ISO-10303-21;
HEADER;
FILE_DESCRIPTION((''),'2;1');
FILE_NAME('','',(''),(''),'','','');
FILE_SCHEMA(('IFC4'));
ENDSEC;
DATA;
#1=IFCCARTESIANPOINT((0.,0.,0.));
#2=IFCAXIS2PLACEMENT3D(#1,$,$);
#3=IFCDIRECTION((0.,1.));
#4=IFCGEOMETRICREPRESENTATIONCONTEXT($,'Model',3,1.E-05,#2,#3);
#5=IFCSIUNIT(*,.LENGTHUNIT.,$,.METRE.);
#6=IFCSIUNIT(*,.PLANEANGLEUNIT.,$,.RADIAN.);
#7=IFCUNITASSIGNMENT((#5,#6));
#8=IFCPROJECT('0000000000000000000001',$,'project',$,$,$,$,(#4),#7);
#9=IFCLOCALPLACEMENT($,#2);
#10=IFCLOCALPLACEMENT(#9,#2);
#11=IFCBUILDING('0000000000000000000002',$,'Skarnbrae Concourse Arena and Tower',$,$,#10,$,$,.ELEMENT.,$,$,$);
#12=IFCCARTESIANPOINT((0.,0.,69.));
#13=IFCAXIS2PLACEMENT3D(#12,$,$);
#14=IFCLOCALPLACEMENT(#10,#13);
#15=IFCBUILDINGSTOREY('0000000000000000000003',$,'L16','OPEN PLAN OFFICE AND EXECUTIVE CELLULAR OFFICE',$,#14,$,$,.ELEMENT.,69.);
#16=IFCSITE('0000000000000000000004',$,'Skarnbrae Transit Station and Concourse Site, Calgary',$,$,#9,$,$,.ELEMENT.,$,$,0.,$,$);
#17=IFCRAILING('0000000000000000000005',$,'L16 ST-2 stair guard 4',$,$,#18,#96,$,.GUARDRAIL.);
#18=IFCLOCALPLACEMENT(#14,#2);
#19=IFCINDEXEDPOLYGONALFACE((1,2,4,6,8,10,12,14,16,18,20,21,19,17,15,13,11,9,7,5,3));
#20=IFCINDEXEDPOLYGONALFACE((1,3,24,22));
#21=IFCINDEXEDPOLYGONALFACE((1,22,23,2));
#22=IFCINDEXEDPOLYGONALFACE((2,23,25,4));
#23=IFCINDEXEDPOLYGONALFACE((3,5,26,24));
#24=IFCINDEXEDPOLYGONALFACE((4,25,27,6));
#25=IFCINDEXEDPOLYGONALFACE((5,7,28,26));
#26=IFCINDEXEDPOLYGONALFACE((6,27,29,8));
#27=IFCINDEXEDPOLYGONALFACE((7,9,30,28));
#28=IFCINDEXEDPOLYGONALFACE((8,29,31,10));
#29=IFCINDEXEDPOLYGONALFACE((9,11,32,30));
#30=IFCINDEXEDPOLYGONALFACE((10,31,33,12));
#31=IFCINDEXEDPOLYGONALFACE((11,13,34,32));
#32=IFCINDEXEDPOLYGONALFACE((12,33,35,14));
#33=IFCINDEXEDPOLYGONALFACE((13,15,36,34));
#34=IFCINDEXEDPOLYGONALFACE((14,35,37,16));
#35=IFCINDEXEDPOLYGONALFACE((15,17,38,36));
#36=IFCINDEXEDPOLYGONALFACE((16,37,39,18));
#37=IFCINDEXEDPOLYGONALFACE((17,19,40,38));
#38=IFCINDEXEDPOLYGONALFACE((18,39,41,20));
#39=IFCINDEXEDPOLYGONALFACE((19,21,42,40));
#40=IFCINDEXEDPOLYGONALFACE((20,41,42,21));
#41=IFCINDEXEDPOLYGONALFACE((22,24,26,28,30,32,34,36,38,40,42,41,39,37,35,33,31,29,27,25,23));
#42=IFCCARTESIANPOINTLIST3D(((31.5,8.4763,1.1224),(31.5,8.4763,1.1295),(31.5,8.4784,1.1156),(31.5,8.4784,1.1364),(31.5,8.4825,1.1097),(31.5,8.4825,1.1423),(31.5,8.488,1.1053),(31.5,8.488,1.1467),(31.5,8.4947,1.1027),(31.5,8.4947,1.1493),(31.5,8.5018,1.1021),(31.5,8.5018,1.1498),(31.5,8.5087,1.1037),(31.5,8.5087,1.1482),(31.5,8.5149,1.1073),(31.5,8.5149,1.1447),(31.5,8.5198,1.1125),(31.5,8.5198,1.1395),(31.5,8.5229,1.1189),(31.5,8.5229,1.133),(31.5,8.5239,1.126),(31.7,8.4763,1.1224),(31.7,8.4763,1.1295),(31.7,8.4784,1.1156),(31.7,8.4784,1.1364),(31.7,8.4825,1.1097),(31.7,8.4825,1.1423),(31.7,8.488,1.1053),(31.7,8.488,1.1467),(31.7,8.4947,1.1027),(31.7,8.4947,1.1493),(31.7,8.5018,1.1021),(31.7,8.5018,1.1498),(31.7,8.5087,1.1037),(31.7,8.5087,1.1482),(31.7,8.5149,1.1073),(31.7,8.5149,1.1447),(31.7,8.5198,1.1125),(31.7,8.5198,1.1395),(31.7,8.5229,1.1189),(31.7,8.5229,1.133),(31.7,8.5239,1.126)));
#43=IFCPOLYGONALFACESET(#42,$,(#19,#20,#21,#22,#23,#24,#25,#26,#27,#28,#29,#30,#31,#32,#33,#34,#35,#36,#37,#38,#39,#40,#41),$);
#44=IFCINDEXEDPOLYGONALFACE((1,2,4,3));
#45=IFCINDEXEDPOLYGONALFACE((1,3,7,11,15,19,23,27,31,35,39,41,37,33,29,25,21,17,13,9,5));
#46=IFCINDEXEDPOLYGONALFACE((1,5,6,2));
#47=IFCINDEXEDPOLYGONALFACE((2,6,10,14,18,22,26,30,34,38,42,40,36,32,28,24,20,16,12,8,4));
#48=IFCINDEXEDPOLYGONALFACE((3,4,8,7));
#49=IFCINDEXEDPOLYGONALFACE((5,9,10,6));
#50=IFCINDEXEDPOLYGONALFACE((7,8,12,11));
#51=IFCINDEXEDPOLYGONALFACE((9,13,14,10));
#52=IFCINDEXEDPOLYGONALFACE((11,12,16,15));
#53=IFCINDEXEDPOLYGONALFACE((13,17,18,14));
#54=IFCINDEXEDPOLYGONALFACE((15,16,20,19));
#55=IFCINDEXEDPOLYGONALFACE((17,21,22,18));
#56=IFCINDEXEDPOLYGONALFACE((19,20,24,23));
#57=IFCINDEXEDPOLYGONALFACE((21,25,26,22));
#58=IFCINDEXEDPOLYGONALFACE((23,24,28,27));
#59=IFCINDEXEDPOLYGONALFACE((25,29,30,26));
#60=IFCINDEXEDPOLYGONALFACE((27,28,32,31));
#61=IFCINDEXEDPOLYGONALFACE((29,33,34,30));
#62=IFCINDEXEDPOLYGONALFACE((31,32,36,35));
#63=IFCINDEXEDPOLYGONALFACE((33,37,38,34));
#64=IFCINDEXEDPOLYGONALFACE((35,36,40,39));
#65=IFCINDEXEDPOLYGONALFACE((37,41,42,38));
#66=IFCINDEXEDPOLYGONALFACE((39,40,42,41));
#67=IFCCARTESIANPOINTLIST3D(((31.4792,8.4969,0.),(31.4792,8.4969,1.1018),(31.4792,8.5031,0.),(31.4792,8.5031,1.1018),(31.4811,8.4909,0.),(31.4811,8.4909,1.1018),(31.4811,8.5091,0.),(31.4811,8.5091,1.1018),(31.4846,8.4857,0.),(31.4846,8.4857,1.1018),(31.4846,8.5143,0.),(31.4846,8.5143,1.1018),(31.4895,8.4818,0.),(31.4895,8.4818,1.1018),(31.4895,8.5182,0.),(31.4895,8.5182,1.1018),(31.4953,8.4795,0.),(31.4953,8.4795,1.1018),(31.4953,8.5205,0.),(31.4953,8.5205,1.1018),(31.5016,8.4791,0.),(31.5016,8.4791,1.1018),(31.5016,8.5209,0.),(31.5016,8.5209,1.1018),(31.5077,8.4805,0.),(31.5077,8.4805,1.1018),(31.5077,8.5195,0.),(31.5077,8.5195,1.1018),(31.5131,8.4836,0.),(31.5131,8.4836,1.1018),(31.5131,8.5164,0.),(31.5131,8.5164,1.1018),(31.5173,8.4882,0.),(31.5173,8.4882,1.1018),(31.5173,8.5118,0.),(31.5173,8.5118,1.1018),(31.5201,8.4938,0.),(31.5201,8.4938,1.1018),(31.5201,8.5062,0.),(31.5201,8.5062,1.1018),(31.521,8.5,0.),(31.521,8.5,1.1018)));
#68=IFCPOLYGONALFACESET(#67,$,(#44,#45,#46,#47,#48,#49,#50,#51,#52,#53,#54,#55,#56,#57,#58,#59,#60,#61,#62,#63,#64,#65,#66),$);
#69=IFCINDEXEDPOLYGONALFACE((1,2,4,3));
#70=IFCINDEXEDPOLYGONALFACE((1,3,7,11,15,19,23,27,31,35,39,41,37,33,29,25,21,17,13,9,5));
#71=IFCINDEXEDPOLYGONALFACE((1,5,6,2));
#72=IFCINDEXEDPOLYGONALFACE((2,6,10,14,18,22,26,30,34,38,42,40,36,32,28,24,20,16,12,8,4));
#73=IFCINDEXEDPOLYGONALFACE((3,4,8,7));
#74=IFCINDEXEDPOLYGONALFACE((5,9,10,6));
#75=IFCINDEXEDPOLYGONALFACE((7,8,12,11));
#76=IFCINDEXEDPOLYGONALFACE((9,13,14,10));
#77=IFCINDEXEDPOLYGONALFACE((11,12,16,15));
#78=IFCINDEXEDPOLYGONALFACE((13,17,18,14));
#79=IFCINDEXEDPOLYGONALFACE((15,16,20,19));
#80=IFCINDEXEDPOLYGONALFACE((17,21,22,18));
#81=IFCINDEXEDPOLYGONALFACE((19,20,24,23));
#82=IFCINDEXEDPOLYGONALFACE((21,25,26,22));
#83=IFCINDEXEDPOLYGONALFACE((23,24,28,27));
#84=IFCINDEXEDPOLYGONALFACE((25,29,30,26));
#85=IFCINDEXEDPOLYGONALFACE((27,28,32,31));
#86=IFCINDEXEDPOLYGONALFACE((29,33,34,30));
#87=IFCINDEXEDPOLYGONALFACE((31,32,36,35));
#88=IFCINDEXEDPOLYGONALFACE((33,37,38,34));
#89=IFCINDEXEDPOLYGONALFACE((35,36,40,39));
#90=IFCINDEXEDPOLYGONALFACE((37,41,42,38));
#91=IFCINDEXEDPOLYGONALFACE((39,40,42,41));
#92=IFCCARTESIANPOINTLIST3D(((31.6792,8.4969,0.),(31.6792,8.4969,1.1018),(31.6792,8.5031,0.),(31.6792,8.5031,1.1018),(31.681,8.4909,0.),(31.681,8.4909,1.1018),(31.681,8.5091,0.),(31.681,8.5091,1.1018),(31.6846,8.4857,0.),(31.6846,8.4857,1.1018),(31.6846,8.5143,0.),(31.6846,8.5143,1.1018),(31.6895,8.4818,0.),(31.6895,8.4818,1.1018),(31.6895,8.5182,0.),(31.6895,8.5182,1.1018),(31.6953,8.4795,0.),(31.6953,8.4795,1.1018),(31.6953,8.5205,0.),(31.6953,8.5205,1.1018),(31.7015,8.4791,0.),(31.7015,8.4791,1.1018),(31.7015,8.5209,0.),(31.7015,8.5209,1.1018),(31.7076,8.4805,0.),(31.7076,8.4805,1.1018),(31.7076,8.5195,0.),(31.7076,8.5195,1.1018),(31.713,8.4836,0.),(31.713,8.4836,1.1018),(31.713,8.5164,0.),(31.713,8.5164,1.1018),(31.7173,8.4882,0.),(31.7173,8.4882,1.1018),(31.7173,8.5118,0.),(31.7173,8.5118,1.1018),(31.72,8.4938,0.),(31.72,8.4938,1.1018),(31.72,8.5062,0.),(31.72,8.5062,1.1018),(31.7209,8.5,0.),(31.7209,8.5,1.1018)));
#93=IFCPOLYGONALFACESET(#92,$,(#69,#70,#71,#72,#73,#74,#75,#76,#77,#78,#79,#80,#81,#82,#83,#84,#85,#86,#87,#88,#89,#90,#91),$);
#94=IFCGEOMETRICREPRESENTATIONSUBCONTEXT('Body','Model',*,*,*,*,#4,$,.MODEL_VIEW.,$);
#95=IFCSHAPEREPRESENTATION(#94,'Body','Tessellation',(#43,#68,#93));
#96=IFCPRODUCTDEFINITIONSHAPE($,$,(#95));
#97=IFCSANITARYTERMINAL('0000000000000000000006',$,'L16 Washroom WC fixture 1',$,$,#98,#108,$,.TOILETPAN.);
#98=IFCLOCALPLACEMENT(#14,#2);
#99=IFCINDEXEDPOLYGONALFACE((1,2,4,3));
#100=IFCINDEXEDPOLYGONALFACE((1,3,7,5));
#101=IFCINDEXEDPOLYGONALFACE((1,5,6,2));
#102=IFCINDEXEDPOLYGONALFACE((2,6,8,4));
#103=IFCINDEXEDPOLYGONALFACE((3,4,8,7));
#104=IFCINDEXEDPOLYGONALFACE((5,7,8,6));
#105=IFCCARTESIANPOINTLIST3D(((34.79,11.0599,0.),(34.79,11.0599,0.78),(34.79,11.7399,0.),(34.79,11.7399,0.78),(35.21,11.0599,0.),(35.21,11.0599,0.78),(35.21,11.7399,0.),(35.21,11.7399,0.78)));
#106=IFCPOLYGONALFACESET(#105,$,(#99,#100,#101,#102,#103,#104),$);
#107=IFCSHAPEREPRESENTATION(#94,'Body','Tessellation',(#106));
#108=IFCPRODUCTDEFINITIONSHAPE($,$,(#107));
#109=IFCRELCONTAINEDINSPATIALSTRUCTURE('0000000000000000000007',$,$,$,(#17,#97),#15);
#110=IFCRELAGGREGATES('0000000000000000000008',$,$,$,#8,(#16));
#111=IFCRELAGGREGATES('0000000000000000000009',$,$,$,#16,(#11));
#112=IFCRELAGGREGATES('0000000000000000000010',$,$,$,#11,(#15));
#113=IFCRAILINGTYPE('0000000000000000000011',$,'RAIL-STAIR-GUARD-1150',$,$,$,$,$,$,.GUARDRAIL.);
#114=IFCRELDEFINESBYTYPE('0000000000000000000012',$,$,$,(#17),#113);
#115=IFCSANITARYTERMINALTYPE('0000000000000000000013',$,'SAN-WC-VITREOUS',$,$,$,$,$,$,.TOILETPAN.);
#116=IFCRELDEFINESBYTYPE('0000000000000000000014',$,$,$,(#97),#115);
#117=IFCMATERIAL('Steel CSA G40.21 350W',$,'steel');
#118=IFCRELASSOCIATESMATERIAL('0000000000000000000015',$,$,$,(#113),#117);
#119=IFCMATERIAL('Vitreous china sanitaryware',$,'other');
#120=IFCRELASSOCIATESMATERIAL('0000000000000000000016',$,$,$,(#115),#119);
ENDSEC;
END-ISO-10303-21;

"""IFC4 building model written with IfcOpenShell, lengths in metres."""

from ifc_helpers import new_model, si_unit, direction, frame, origin, origin_2d, place, context, subcontext, project, spatial, rectangle, circle, extrude, source, transform, mapped, material, type_object, element, save


model = new_model("IFC4")

# Units and contexts
model_context = context("Model", 3, precision=1e-05, world=origin(), true_north=direction((0.0, 1.0)))
body_context = subcontext(model_context, "Body", "Model", "MODEL_VIEW")
ifc_project = project(units=[si_unit("LENGTHUNIT", "METRE"), si_unit("PLANEANGLEUNIT", "RADIAN")], contexts=[model_context])

# Site, building, storey
site_placement = place(None, origin())
site = spatial("IfcSite", under=ifc_project, at=site_placement, Name="Skarnbrae Transit Station and Concourse Site, Calgary", CompositionType="ELEMENT", RefElevation=0.0)
building_placement = place(site_placement, origin())
building = spatial("IfcBuilding", under=site, at=building_placement, Name="Skarnbrae Concourse Arena and Tower", CompositionType="ELEMENT")
storey_placement = place(building_placement, frame((0.0, 0.0, 69.0)))
storey = spatial("IfcBuildingStorey", under=building, at=storey_placement, Name="L16", Description="OPEN PLAN OFFICE AND EXECUTIVE CELLULAR OFFICE", CompositionType="ELEMENT", Elevation=69.0)

# Shared definitions
ifc_material_1 = material(Name="Steel CSA G40.21 350W", Category="steel")

# Railing
railing_type_1 = type_object("IfcRailingType", Name="RAIL-STAIR-GUARD-1150", PredefinedType="GUARDRAIL", material=ifc_material_1)
railing_1_placement = place(storey_placement, frame((31.5, 8.5, 0.0)))
element("IfcRailing", 1, at=railing_1_placement, inside=storey, type_object=railing_type_1, Name="L16 ST-2 stair guard 4", PredefinedType="GUARDRAIL", context=body_context, shape_type="SweptSolid", body=[
    extrude(circle(Radius=0.0239, at=origin_2d()), frame((0.0, 0.0, 1.126), z_axis=(1.0, 0.0, 0.0), x_axis=(0.0, 1.0, 0.0)), (0.0, 0.0, 1.0), 0.2),
    extrude(circle(Radius=0.021, at=origin_2d()), origin(), (0.0, 0.0, 1.0), 1.1018),
    extrude(circle(Radius=0.021, at=origin_2d()), frame((0.2, 0.0, 0.0)), (0.0, 0.0, 1.0), 1.1018),
])

# Sanitary terminal
ifc_material_2 = material(Name="Vitreous china sanitaryware", Category="other")
sanitary_terminal_type = type_object("IfcSanitaryTerminalType", Name="SAN-WC-VITREOUS", PredefinedType="TOILETPAN", material=ifc_material_2)
shared_shape_1 = source(origin(), body_context, "Body", "SweptSolid", [
    extrude(rectangle(XDim=0.4199, YDim=0.6799, at=origin_2d()), origin(), (0.0, 0.0, 1.0), 0.78),
])
sanitary_terminal_placement = place(storey_placement, frame((35.0, 11.3999, 0.0), z_axis=(0.0, 0.0, 1.0), x_axis=(1.0, 0.0, 0.0)))
element("IfcSanitaryTerminal", 2, at=sanitary_terminal_placement, inside=storey, type_object=sanitary_terminal_type, Name="L16 Washroom WC fixture 1", PredefinedType="TOILETPAN", context=body_context, shape_type="MappedRepresentation", body=[
    mapped(shared_shape_1, transform((0.0, 0.0, 0.0))),
])

save(model, "model.ifc")
